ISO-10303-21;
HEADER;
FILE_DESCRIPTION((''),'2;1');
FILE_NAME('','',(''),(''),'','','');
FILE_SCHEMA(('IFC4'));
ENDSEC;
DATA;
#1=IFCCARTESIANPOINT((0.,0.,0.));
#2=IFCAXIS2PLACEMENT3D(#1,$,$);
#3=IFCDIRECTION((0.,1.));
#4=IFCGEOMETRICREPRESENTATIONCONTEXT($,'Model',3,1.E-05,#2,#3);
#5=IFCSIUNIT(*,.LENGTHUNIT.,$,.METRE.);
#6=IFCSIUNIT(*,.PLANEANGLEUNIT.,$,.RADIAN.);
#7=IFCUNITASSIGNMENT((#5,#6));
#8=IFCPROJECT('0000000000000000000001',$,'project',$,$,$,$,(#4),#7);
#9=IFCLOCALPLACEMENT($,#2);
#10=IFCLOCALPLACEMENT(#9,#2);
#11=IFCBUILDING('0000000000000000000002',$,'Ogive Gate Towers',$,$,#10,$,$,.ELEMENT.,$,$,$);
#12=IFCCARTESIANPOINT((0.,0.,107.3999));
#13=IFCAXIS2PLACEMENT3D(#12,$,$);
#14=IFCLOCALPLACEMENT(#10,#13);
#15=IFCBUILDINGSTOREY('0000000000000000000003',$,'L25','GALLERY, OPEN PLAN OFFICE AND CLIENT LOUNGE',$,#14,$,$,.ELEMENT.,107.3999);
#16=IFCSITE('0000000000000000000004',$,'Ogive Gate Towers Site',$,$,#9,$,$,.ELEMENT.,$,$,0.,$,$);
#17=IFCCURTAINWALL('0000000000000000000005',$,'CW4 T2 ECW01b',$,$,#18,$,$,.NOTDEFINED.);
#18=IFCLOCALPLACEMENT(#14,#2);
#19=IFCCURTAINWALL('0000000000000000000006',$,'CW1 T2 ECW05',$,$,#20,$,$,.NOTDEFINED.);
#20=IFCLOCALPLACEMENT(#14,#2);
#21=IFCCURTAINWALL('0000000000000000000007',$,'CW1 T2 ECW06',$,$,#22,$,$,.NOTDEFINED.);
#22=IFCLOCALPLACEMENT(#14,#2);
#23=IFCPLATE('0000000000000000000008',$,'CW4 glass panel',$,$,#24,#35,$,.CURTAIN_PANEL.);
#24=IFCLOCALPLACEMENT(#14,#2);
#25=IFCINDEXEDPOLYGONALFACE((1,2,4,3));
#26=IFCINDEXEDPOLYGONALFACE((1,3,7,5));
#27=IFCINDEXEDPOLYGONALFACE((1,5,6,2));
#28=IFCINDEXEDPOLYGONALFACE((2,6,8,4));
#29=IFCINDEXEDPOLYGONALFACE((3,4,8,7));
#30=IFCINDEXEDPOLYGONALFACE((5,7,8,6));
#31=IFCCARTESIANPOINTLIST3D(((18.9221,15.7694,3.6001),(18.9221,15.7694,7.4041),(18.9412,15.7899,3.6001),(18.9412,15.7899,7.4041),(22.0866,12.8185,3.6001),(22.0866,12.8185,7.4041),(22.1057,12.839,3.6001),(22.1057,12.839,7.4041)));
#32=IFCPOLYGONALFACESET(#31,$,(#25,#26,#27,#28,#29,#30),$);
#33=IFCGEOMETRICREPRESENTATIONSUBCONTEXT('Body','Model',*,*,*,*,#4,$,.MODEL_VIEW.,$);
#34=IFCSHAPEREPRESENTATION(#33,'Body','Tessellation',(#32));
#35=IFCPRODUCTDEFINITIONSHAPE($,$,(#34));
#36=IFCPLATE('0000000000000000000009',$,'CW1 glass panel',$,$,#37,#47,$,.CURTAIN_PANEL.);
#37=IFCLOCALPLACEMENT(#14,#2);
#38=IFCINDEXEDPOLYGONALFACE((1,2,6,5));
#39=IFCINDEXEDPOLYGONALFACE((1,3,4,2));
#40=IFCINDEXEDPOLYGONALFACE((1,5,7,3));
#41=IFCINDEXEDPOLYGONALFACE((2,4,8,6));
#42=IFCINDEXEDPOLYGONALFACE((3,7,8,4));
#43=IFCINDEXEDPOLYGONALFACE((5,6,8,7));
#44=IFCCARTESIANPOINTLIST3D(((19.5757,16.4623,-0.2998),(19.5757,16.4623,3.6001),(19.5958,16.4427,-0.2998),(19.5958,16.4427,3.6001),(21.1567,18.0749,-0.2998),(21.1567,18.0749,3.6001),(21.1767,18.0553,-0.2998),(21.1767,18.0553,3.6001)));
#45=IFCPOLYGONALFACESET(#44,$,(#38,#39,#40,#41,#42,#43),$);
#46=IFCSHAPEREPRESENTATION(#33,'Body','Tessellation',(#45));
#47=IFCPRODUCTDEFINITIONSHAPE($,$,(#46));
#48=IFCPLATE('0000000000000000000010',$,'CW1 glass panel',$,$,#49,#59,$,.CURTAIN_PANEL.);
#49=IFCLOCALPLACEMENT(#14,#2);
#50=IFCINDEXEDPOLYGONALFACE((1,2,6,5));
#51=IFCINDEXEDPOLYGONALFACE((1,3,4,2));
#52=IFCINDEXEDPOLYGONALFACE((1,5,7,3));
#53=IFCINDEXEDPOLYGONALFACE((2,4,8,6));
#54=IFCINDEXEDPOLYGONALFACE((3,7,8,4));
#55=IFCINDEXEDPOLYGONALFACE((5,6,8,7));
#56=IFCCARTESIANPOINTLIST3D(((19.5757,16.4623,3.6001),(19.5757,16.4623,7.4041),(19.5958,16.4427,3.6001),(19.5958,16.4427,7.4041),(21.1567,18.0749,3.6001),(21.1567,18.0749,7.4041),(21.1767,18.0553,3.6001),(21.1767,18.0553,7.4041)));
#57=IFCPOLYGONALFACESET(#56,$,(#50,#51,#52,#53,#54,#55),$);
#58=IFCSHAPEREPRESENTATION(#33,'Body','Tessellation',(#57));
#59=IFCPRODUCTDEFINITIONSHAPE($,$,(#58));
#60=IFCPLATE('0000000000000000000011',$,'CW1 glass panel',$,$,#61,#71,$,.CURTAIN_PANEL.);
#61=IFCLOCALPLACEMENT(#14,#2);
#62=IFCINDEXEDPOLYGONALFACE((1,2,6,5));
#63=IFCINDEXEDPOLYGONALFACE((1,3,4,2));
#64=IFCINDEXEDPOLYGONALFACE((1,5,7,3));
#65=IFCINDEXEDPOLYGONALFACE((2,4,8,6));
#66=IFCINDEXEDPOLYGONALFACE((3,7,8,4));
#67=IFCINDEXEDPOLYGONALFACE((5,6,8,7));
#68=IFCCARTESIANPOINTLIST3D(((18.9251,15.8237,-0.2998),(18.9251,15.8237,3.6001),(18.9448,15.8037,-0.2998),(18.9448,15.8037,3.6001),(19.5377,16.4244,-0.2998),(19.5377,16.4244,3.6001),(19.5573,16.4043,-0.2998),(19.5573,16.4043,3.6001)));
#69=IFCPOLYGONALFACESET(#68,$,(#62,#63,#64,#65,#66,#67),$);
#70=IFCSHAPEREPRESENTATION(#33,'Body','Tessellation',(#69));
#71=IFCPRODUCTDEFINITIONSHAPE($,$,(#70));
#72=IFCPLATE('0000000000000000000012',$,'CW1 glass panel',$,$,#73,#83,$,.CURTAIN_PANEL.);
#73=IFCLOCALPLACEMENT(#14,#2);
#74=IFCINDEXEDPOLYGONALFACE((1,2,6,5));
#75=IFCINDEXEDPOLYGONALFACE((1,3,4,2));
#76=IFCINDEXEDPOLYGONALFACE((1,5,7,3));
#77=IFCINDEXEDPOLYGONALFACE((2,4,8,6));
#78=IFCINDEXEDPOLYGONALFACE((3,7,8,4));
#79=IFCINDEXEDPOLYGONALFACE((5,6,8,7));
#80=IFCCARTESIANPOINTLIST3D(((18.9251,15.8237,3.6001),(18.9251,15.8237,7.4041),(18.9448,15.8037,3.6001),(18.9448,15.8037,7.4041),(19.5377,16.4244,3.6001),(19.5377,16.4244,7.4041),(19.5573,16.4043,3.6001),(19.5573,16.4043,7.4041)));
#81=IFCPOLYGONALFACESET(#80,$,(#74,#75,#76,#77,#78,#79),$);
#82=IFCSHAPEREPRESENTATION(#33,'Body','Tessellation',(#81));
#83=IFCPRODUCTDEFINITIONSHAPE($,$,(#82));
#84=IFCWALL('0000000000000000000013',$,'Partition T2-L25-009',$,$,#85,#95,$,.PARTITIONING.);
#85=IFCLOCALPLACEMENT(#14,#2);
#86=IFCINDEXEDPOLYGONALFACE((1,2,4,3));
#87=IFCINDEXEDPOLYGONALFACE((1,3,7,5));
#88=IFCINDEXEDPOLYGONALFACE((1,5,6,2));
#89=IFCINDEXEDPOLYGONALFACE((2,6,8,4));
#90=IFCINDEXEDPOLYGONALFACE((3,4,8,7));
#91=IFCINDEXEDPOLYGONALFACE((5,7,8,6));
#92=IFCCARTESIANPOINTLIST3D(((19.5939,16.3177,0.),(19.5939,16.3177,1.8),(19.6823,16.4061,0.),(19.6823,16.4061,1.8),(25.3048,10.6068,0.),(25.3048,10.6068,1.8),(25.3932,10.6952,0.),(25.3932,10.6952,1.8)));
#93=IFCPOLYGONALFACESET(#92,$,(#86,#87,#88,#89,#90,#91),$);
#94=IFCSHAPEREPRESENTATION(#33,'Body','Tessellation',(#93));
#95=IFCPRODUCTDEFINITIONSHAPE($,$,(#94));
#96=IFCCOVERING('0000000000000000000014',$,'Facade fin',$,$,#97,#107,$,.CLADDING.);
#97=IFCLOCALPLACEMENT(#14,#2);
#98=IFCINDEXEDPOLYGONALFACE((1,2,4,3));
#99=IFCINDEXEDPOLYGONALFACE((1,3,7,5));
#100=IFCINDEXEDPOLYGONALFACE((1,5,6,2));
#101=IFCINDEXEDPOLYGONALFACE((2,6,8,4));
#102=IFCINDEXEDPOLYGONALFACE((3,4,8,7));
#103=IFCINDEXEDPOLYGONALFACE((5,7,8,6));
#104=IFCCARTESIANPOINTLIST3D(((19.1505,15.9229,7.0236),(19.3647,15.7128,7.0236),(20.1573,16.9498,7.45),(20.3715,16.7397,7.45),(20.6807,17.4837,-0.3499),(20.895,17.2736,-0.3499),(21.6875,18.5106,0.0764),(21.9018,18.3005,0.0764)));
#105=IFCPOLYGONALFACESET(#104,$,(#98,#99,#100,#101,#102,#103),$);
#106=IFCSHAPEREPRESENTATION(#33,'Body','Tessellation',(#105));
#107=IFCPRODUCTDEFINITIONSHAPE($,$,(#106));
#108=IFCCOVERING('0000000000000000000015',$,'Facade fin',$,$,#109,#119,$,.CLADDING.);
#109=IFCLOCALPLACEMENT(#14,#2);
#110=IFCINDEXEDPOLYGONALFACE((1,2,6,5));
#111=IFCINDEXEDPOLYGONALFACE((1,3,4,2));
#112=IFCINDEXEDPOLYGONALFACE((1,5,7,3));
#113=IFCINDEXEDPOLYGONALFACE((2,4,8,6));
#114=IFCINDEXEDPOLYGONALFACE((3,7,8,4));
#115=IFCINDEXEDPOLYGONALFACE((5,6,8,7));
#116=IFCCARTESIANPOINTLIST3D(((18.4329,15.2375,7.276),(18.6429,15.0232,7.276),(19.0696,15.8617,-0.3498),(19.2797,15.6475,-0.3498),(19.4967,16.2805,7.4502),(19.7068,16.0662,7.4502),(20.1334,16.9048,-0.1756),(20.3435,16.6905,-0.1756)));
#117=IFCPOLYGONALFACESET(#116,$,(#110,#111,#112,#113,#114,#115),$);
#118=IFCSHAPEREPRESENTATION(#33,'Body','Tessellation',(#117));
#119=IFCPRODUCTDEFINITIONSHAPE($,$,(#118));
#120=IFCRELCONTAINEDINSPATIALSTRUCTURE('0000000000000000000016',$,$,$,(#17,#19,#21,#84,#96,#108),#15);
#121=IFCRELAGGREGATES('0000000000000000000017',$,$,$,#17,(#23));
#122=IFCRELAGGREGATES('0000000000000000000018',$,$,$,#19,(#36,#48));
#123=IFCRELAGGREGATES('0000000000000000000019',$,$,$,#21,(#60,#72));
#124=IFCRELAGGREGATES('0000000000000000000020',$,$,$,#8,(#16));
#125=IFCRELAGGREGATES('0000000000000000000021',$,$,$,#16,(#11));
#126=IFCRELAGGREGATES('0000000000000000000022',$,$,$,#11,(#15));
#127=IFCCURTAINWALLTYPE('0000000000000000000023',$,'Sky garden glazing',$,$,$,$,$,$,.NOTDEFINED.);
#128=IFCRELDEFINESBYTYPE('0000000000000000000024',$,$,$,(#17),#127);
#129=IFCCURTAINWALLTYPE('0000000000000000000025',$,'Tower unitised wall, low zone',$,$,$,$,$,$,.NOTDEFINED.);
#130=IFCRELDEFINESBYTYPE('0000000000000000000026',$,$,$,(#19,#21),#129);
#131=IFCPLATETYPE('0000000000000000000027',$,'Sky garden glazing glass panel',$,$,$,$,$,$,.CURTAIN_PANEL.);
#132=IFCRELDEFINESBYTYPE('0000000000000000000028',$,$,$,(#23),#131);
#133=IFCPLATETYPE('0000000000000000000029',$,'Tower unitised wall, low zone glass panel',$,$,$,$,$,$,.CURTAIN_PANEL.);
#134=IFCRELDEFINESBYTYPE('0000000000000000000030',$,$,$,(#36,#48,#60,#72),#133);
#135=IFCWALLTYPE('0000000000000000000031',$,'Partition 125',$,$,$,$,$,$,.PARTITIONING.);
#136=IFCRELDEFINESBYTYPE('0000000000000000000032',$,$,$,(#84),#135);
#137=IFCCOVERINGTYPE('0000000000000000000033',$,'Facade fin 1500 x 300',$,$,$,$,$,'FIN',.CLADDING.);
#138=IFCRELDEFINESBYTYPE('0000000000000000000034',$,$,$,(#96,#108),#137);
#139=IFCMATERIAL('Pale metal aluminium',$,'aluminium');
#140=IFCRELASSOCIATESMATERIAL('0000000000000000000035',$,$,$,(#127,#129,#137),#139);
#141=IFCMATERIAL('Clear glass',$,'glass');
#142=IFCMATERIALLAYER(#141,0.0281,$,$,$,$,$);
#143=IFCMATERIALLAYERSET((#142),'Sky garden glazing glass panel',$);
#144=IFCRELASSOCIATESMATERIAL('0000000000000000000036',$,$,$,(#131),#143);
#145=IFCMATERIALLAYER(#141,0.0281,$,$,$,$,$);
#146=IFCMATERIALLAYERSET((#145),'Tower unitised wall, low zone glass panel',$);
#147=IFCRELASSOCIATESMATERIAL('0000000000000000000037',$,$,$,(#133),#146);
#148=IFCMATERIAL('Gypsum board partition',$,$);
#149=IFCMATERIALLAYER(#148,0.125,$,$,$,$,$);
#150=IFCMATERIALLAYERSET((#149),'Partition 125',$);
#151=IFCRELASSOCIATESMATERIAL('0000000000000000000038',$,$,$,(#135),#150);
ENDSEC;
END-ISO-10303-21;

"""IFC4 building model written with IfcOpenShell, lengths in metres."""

from ifc_helpers import new_model, si_unit, direction, frame, frame_2d, origin, origin_2d, place, context, subcontext, project, spatial, rectangle, extrude, material, layer, layer_set, material_profile, profile_set, type_object, element, aggregate, save


model = new_model("IFC4")

# Units and contexts
model_context = context("Model", 3, precision=1e-05, world=origin(), true_north=direction((0.0, 1.0)))
body_context = subcontext(model_context, "Body", "Model", "MODEL_VIEW")
ifc_project = project(units=[si_unit("LENGTHUNIT", "METRE"), si_unit("PLANEANGLEUNIT", "RADIAN")], contexts=[model_context])

# Site, building, storey
site_placement = place(None, origin())
site = spatial("IfcSite", under=ifc_project, at=site_placement, Name="Ogive Gate Towers Site", CompositionType="ELEMENT", RefElevation=0.0)
building_placement = place(site_placement, origin())
building = spatial("IfcBuilding", under=site, at=building_placement, Name="Ogive Gate Towers", CompositionType="ELEMENT")
storey_placement = place(building_placement, frame((0.0, 0.0, 107.3999)))
storey = spatial("IfcBuildingStorey", under=building, at=storey_placement, Name="L25", Description="GALLERY, OPEN PLAN OFFICE AND CLIENT LOUNGE", CompositionType="ELEMENT", Elevation=107.3999)

# Curtain walls
ifc_material_1 = material(Name="Pale metal aluminium", Category="aluminium")
curtain_wall_type_1 = type_object("IfcCurtainWallType", Name="Sky garden glazing", PredefinedType="NOTDEFINED", material=ifc_material_1)
curtain_wall_1_placement = place(storey_placement, origin())
curtain_wall_1 = element("IfcCurtainWall", 1, at=curtain_wall_1_placement, inside=storey, type_object=curtain_wall_type_1, Name="CW4 T2 ECW01b", PredefinedType="NOTDEFINED")
curtain_wall_type_2 = type_object("IfcCurtainWallType", Name="Tower unitised wall, low zone", PredefinedType="NOTDEFINED", material=ifc_material_1)
curtain_wall_2_placement = place(storey_placement, origin())
curtain_wall_2 = element("IfcCurtainWall", 2, at=curtain_wall_2_placement, inside=storey, type_object=curtain_wall_type_2, Name="CW1 T2 ECW05", PredefinedType="NOTDEFINED")

# Curtain wall
curtain_wall_3_placement = place(storey_placement, origin())
curtain_wall_3 = element("IfcCurtainWall", 3, at=curtain_wall_3_placement, inside=storey, type_object=curtain_wall_type_2, Name="CW1 T2 ECW06", PredefinedType="NOTDEFINED")

# Plates
ifc_material_2 = material(Name="Clear glass", Category="glass")
ifc_layer_1 = layer(ifc_material_2, 0.0281)
ifc_layer_set_1 = layer_set([ifc_layer_1], Name="Sky garden glazing glass panel")
plate_type_1 = type_object("IfcPlateType", Name="Sky garden glazing glass panel", PredefinedType="CURTAIN_PANEL", material=ifc_layer_set_1)
plate_1_placement = place(storey_placement, frame((20.5139, 14.3042, 3.6001), z_axis=(0.0, 0.0, 1.0), x_axis=(-0.731354, 0.681998, 0.0)))
plate_1 = element("IfcPlate", 4, at=plate_1_placement, type_object=plate_type_1, Name="CW4 glass panel", PredefinedType="CURTAIN_PANEL", context=body_context, shape_type="SweptSolid", body=[
    extrude(rectangle(XDim=4.3269, YDim=0.0281, at=origin_2d()), origin(), (0.0, 0.0, 1.0), 3.804),
])
aggregate(curtain_wall_1, [plate_1])
ifc_layer_2 = layer(ifc_material_2, 0.0281)
ifc_layer_set_2 = layer_set([ifc_layer_2], Name="Tower unitised wall, low zone glass panel")
plate_type_2 = type_object("IfcPlateType", Name="Tower unitised wall, low zone glass panel", PredefinedType="CURTAIN_PANEL", material=ifc_layer_set_2)
plate_2_placement = place(storey_placement, frame((20.3762, 17.2588, -0.2998), z_axis=(0.0, 0.0, 1.0), x_axis=(0.700062, 0.714082, 0.0)))
plate_2 = element("IfcPlate", 5, at=plate_2_placement, type_object=plate_type_2, Name="CW1 glass panel", PredefinedType="CURTAIN_PANEL", context=body_context, shape_type="SweptSolid", body=[
    extrude(rectangle(XDim=2.2583, YDim=0.0281, at=origin_2d()), origin(), (0.0, 0.0, 1.0), 3.8999),
])
plate_3_placement = place(storey_placement, frame((20.3762, 17.2588, 3.6001), z_axis=(0.0, 0.0, 1.0), x_axis=(0.700062, 0.714082, 0.0)))
plate_3 = element("IfcPlate", 6, at=plate_3_placement, type_object=plate_type_2, Name="CW1 glass panel", PredefinedType="CURTAIN_PANEL", context=body_context, shape_type="SweptSolid", body=[
    extrude(rectangle(XDim=2.2583, YDim=0.0281, at=origin_2d()), origin(), (0.0, 0.0, 1.0), 3.804),
])
aggregate(curtain_wall_2, [plate_2, plate_3])
plate_4_placement = place(storey_placement, frame((19.2412, 16.114, -0.2998), z_axis=(0.0, 0.0, 1.0), x_axis=(0.714033, 0.700112, 0.0)))
plate_4 = element("IfcPlate", 7, at=plate_4_placement, type_object=plate_type_2, Name="CW1 glass panel", PredefinedType="CURTAIN_PANEL", context=body_context, shape_type="SweptSolid", body=[
    extrude(rectangle(XDim=0.8579, YDim=0.0281, at=origin_2d()), origin(), (0.0, 0.0, 1.0), 3.8999),
])
plate_5_placement = place(storey_placement, frame((19.2412, 16.114, 3.6001), z_axis=(0.0, 0.0, 1.0), x_axis=(0.714033, 0.700112, 0.0)))
plate_5 = element("IfcPlate", 8, at=plate_5_placement, type_object=plate_type_2, Name="CW1 glass panel", PredefinedType="CURTAIN_PANEL", context=body_context, shape_type="SweptSolid", body=[
    extrude(rectangle(XDim=0.8579, YDim=0.0281, at=origin_2d()), origin(), (0.0, 0.0, 1.0), 3.804),
])
aggregate(curtain_wall_3, [plate_4, plate_5])

# Wall
ifc_material_3 = material(Name="Gypsum board partition")
ifc_layer_3 = layer(ifc_material_3, 0.125)
ifc_layer_set_3 = layer_set([ifc_layer_3], Name="Partition 125")
wall_type = type_object("IfcWallType", Name="Partition 125", PredefinedType="PARTITIONING", material=ifc_layer_set_3)
wall_placement = place(storey_placement, frame((19.6382, 16.3618, 0.0), z_axis=(0.0, 0.0, 1.0), x_axis=(0.707107, -0.707107, 0.0)))
element("IfcWall", 9, at=wall_placement, inside=storey, type_object=wall_type, Name="Partition T2-L25-009", PredefinedType="PARTITIONING", context=body_context, shape_type="SweptSolid", body=[
    extrude(rectangle(XDim=8.0764, YDim=0.125, at=frame_2d((4.0381, 0.0))), origin(), (0.0, 0.0, 1.0), 1.8),
])

# Coverings
ifc_material_profile_1 = material_profile(ifc_material_1, rectangle(XDim=0.3, YDim=1.5, at=origin_2d()), Name="1500 x 300 pale metal aluminium")
ifc_profile_set_1 = profile_set([ifc_material_profile_1], Name="Pale metal aluminium")
covering_type = type_object("IfcCoveringType", Name="Facade fin 1500 x 300", ElementType="FIN", PredefinedType="CLADDING", material=ifc_profile_set_1)
covering_1_placement = place(storey_placement, frame((21.2913, 17.8921, -0.1367), z_axis=(-0.198977, -0.202945, 0.95876), x_axis=(0.714053, -0.700092, 0.0)))
element("IfcCovering", 10, at=covering_1_placement, inside=storey, type_object=covering_type, Name="Facade fin", PredefinedType="CLADDING", context=body_context, shape_type="SweptSolid", body=[
    extrude(rectangle(XDim=0.3, YDim=1.5, at=origin_2d()), origin(), (0.0, 0.0, 1.0), 7.6907),
])
covering_2_placement = place(storey_placement, frame((19.7065, 16.2761, -0.2627), z_axis=(-0.082931, -0.081309, 0.993233), x_axis=(0.700091, -0.714054, 0.0)))
element("IfcCovering", 11, at=covering_2_placement, inside=storey, type_object=covering_type, Name="Facade fin", PredefinedType="CLADDING", context=body_context, shape_type="SweptSolid", body=[
    extrude(rectangle(XDim=0.3, YDim=1.5, at=origin_2d()), origin(), (0.0, 0.0, 1.0), 7.6777),
])

save(model, "model.ifc")
